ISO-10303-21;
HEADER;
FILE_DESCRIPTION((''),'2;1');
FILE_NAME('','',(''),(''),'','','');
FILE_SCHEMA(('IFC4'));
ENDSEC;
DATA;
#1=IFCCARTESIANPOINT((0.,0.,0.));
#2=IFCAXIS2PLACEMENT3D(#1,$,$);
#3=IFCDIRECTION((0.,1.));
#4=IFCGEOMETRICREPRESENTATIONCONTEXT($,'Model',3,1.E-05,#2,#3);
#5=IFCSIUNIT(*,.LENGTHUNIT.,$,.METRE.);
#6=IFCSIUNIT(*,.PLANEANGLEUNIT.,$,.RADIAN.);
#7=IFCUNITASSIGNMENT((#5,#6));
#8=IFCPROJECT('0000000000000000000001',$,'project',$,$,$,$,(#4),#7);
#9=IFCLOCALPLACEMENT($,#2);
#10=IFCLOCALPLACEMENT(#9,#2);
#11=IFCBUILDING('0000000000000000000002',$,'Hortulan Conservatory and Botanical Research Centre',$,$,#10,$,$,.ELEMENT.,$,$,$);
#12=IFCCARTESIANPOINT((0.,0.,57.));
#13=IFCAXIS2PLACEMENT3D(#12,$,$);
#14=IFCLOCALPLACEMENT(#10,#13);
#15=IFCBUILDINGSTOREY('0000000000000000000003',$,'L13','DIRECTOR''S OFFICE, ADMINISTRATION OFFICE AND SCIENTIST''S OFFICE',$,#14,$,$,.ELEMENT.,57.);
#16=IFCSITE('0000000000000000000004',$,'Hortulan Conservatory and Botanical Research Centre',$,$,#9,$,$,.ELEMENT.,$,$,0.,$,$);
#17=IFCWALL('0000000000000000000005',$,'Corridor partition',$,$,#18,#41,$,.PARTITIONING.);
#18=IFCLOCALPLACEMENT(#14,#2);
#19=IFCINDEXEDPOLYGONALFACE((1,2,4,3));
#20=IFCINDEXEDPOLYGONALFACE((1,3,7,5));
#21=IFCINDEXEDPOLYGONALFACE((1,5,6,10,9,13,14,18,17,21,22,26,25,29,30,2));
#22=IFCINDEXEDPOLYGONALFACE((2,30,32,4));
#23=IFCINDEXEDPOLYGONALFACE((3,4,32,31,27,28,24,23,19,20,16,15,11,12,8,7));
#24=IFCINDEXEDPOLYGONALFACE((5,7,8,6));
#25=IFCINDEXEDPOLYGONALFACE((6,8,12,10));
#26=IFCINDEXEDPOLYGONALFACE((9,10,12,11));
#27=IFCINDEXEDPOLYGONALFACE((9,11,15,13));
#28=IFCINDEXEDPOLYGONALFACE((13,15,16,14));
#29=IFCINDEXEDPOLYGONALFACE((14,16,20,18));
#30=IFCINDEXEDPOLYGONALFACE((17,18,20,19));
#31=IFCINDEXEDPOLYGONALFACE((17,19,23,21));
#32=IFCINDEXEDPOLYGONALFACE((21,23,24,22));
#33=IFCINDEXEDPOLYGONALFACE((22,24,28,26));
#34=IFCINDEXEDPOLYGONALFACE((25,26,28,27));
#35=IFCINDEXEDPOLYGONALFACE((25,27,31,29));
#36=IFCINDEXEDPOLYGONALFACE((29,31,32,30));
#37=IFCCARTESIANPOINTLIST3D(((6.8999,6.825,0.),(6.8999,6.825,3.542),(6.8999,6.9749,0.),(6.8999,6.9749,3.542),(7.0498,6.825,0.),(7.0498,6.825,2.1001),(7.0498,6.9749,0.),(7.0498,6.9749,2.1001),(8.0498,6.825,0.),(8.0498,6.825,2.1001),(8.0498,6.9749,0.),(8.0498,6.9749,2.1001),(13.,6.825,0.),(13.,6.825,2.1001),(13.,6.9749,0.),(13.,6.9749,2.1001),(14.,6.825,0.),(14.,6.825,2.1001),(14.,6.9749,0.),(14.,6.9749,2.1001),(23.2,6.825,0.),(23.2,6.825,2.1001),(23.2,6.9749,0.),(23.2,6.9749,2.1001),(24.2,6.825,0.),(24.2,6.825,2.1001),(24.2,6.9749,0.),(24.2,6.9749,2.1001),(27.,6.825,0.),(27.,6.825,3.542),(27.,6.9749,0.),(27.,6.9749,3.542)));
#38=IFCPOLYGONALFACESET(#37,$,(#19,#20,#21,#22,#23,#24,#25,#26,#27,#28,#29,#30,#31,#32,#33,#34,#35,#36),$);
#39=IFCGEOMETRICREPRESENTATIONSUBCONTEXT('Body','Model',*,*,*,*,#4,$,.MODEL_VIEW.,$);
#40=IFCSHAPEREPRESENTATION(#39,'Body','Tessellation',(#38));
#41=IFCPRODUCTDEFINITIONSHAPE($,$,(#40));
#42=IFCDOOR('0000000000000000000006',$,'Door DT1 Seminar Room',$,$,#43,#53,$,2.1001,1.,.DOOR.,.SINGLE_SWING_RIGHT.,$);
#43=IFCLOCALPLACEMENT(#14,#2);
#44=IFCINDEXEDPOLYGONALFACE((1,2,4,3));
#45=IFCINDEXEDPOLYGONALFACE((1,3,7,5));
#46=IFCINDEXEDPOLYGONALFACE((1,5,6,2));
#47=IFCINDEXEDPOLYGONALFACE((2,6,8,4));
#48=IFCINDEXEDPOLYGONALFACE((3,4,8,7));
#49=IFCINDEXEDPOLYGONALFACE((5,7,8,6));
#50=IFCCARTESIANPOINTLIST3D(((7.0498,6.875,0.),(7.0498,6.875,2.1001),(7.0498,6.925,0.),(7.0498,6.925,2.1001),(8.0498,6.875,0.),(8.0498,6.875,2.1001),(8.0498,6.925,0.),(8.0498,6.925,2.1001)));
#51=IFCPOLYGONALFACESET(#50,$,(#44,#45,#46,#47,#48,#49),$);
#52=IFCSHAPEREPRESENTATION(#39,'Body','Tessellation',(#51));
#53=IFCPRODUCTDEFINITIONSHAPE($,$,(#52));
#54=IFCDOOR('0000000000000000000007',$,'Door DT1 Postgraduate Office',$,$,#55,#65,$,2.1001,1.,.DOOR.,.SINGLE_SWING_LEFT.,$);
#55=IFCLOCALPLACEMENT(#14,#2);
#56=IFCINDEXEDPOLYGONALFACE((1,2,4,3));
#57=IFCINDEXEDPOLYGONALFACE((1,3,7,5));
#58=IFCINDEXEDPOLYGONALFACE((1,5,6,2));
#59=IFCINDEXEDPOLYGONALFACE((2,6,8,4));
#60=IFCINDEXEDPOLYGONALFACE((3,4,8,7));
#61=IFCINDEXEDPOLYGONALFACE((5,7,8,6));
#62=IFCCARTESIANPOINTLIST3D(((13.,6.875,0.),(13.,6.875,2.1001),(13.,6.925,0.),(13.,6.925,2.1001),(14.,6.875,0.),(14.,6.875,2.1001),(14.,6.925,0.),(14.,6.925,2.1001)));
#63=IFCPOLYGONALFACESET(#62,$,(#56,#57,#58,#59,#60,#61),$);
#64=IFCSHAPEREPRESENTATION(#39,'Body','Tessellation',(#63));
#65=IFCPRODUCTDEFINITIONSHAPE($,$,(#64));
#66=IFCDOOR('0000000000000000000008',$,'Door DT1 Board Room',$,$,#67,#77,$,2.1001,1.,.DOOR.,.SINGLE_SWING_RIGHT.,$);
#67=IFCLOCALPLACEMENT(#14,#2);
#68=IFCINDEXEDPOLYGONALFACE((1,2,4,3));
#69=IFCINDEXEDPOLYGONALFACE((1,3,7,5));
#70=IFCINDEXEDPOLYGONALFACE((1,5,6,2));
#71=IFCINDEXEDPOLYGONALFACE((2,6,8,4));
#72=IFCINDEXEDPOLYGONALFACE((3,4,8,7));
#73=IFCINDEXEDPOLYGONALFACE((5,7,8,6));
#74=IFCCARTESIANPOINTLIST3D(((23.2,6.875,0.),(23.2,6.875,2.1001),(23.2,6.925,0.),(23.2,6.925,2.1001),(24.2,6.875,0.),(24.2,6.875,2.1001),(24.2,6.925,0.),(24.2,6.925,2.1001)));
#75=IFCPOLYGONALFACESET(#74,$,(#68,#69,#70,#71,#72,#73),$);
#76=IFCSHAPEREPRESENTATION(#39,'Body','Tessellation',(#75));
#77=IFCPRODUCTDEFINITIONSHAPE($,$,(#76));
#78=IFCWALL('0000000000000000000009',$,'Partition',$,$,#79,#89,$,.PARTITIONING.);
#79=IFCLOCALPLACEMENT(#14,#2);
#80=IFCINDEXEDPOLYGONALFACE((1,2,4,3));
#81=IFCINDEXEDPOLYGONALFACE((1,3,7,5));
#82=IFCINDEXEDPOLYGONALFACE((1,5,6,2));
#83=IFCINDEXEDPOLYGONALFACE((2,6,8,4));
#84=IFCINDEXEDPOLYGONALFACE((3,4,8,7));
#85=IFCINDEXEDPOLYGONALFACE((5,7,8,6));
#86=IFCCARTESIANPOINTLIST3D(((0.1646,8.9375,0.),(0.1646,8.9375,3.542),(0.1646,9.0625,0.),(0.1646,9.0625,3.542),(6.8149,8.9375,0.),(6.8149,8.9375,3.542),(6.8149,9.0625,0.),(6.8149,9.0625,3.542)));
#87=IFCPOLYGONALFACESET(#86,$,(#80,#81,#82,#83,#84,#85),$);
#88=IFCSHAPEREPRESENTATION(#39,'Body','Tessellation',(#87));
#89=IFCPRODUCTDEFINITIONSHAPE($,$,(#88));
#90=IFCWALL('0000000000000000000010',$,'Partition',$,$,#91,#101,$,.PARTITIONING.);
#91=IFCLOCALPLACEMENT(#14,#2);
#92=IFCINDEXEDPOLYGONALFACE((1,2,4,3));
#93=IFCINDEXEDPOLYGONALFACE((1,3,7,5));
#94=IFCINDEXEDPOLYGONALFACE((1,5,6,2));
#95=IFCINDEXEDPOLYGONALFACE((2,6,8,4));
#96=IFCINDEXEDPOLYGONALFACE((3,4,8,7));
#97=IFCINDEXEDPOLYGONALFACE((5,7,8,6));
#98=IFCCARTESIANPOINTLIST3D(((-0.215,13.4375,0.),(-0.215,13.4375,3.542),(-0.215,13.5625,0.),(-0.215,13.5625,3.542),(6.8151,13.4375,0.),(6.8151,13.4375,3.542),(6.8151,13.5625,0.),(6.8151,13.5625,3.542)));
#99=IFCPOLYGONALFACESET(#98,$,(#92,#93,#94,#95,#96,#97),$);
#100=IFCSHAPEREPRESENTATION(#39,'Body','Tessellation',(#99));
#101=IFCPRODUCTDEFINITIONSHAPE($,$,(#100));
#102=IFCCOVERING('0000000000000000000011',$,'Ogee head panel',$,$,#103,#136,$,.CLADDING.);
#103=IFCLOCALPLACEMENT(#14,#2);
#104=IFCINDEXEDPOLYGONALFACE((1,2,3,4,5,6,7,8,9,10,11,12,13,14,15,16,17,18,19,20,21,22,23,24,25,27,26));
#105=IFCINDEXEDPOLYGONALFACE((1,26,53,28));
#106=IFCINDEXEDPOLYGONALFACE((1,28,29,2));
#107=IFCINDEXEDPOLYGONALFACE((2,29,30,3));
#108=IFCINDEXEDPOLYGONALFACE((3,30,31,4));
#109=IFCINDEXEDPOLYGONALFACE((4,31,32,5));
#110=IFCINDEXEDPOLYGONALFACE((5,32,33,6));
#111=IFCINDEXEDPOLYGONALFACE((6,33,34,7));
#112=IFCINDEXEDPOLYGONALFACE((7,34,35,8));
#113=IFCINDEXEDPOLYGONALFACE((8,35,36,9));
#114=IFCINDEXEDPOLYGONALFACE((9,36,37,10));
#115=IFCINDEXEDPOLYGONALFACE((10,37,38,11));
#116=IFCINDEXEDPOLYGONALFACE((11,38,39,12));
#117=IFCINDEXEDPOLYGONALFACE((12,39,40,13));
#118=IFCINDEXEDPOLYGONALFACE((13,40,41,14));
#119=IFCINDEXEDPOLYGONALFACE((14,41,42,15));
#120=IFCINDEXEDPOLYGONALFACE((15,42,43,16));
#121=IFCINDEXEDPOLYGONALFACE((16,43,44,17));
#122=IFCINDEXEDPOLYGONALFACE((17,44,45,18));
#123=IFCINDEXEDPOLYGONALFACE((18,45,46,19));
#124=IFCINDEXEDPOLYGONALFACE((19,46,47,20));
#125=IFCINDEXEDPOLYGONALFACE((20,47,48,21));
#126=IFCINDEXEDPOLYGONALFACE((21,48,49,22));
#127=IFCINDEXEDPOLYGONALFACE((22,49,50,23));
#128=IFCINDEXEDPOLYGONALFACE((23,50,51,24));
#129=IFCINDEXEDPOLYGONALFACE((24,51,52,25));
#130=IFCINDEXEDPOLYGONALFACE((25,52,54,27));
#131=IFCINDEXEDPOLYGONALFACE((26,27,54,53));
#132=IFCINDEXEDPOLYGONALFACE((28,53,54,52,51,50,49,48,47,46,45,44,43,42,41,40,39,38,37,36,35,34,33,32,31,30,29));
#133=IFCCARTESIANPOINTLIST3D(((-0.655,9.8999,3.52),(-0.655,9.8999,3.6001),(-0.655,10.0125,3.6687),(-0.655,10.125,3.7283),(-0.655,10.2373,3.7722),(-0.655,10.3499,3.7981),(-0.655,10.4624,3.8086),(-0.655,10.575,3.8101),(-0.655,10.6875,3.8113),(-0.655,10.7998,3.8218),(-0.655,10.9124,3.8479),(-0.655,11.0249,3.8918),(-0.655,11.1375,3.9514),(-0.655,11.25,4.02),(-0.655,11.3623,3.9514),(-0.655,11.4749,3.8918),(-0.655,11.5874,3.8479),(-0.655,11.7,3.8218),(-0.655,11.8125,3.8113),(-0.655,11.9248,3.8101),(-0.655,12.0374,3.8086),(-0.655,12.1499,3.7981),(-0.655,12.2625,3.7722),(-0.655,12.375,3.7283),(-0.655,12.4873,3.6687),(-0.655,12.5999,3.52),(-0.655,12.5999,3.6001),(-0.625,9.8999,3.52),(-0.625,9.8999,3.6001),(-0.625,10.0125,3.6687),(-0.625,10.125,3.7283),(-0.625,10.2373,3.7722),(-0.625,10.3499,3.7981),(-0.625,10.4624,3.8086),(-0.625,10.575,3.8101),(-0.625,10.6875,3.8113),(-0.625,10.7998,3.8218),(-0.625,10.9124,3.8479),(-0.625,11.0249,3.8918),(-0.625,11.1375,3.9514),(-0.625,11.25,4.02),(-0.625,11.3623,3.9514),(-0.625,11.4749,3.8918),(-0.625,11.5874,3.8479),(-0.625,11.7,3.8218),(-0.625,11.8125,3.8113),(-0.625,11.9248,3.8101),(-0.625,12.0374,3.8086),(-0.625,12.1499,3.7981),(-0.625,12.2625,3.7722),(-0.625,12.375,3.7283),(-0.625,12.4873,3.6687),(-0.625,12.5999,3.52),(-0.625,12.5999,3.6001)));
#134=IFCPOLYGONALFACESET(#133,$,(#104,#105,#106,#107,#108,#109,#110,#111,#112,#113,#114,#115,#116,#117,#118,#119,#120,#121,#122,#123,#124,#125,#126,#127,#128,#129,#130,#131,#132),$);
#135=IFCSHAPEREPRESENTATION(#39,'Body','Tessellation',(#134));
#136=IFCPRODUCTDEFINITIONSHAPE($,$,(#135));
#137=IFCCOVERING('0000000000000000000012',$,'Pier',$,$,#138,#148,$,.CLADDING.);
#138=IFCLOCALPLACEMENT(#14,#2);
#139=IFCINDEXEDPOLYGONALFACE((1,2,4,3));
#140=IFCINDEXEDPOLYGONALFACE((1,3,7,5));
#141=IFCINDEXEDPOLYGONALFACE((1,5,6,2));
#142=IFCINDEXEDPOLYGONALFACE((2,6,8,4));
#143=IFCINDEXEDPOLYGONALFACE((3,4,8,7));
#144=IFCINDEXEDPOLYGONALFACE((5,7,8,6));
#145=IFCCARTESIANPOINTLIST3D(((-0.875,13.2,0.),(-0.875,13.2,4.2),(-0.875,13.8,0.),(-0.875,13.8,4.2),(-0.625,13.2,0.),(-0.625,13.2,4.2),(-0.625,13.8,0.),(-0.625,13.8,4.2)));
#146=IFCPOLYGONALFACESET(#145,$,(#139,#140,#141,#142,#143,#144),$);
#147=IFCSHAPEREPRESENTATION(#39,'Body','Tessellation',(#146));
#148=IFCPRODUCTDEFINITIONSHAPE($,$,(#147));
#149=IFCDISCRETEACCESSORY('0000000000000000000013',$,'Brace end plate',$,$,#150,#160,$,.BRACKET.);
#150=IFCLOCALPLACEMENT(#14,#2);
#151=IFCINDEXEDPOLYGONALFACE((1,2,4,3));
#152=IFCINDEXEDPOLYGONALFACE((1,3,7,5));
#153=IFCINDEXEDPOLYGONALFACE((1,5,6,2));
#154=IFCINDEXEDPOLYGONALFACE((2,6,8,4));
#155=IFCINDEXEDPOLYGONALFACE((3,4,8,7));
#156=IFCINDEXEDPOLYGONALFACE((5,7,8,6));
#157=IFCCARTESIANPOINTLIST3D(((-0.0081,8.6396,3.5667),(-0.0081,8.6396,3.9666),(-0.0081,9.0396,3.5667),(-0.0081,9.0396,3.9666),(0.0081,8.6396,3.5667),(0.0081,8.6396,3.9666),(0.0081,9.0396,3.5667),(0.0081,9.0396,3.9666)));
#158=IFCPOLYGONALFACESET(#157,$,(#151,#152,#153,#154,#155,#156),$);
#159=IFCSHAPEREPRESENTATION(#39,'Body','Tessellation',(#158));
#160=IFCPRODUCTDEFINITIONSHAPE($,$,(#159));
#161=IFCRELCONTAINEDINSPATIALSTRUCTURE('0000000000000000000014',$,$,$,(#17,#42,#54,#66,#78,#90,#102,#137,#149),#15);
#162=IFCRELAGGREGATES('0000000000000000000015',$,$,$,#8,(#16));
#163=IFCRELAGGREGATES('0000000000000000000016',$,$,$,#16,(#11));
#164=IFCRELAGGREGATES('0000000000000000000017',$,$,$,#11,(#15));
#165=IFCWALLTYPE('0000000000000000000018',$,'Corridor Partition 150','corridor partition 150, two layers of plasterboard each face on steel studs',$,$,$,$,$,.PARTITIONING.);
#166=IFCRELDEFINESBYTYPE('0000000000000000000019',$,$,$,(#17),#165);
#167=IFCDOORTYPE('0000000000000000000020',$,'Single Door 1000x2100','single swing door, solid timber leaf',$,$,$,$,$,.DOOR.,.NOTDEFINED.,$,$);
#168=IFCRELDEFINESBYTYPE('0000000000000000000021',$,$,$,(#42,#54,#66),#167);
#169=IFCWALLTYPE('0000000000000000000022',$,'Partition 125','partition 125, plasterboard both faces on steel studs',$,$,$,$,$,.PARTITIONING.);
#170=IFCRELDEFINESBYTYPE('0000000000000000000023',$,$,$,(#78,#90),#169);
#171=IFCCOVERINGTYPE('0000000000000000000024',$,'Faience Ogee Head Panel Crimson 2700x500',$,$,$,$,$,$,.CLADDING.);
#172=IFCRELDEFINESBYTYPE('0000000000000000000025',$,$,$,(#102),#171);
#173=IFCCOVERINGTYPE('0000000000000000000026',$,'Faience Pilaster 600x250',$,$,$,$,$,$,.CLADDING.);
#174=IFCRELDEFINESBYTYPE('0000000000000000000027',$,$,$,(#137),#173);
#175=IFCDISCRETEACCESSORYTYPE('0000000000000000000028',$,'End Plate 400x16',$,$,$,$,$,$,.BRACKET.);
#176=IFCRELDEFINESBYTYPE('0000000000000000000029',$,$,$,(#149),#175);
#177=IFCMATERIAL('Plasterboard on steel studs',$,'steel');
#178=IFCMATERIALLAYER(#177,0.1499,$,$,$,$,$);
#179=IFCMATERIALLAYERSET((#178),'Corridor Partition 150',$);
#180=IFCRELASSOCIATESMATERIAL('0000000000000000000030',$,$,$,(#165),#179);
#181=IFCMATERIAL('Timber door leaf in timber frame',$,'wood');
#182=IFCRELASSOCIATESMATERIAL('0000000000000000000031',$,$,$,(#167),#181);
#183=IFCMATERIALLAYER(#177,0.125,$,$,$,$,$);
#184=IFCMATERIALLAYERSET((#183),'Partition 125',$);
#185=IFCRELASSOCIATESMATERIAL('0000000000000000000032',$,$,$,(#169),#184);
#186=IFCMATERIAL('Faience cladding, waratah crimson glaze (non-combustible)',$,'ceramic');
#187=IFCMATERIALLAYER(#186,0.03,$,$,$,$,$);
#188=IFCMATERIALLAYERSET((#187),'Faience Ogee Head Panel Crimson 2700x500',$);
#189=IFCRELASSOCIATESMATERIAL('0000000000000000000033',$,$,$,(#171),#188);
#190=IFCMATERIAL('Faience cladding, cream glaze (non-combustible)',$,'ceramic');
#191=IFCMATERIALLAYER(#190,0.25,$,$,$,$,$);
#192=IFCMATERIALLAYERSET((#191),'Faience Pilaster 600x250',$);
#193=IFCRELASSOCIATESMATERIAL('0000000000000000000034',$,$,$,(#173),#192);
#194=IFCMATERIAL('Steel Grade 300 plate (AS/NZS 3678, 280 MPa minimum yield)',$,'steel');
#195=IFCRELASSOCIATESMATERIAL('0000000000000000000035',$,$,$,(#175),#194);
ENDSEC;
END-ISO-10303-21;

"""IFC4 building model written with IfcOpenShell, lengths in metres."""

from ifc_helpers import new_model, si_unit, direction, frame, frame_2d, origin, origin_2d, place, context, subcontext, project, spatial, polyline, rectangle, outline, extrude, material, layer, layer_set, type_object, element, fill, save


model = new_model("IFC4")

# Units and contexts
model_context = context("Model", 3, precision=1e-05, world=origin(), true_north=direction((0.0, 1.0)))
body_context = subcontext(model_context, "Body", "Model", "MODEL_VIEW")
ifc_project = project(units=[si_unit("LENGTHUNIT", "METRE"), si_unit("PLANEANGLEUNIT", "RADIAN")], contexts=[model_context])

# Site, building, storey
site_placement = place(None, origin())
site = spatial("IfcSite", under=ifc_project, at=site_placement, Name="Hortulan Conservatory and Botanical Research Centre", CompositionType="ELEMENT", RefElevation=0.0)
building_placement = place(site_placement, origin())
building = spatial("IfcBuilding", under=site, at=building_placement, Name="Hortulan Conservatory and Botanical Research Centre", CompositionType="ELEMENT")
storey_placement = place(building_placement, frame((0.0, 0.0, 57.0)))
storey = spatial("IfcBuildingStorey", under=building, at=storey_placement, Name="L13", Description="DIRECTOR'S OFFICE, ADMINISTRATION OFFICE AND SCIENTIST'S OFFICE", CompositionType="ELEMENT", Elevation=57.0)

# Wall, openings, doors
ifc_material_1 = material(Name="Plasterboard on steel studs", Category="steel")
ifc_layer_1 = layer(ifc_material_1, 0.1499)
ifc_layer_set_1 = layer_set([ifc_layer_1], Name="Corridor Partition 150")
wall_type_1 = type_object("IfcWallType", Name="Corridor Partition 150", Description="corridor partition 150, two layers of plasterboard each face on steel studs", PredefinedType="PARTITIONING", material=ifc_layer_set_1)
wall_1_placement = place(storey_placement, frame((6.8999, 6.8999, 0.0), z_axis=(0.0, 0.0, 1.0), x_axis=(1.0, 0.0, 0.0)))
wall_1 = element("IfcWall", 1, at=wall_1_placement, inside=storey, type_object=wall_type_1, Name="Corridor partition", PredefinedType="PARTITIONING", context=body_context, shape_type="SweptSolid", body=[
    extrude(rectangle(XDim=20.1001, YDim=0.1499, at=frame_2d((10.05, 0.0))), origin(), (0.0, 0.0, 1.0), 3.542),
])
opening_1_placement = place(wall_1_placement, frame((0.1499, 0.0, 0.0)))
opening_1 = element("IfcOpeningElement", 2, at=opening_1_placement, cuts=wall_1, PredefinedType="OPENING", context=body_context, shape_type="SweptSolid", body=[
    extrude(rectangle(XDim=1.0, YDim=2.1001, at=frame_2d((0.5, 1.05))), frame((0.0, 0.085, 0.0), z_axis=(0.0, -1.0, 0.0), x_axis=(1.0, 0.0, 0.0)), (0.0, 0.0, 1.0), 0.1699),
])
opening_2_placement = place(wall_1_placement, frame((6.1001, 0.0, 0.0)))
opening_2 = element("IfcOpeningElement", 3, at=opening_2_placement, cuts=wall_1, PredefinedType="OPENING", context=body_context, shape_type="SweptSolid", body=[
    extrude(rectangle(XDim=1.0, YDim=2.1001, at=frame_2d((0.5, 1.05))), frame((0.0, 0.085, 0.0), z_axis=(0.0, -1.0, 0.0), x_axis=(1.0, 0.0, 0.0)), (0.0, 0.0, 1.0), 0.1699),
])
opening_3_placement = place(wall_1_placement, frame((16.3, 0.0, 0.0)))
opening_3 = element("IfcOpeningElement", 4, at=opening_3_placement, cuts=wall_1, PredefinedType="OPENING", context=body_context, shape_type="SweptSolid", body=[
    extrude(rectangle(XDim=1.0, YDim=2.1001, at=frame_2d((0.5, 1.05))), frame((0.0, 0.085, 0.0), z_axis=(0.0, -1.0, 0.0), x_axis=(1.0, 0.0, 0.0)), (0.0, 0.0, 1.0), 0.1699),
])
ifc_material_2 = material(Name="Timber door leaf in timber frame", Category="wood")
door_type = type_object("IfcDoorType", Name="Single Door 1000x2100", Description="single swing door, solid timber leaf", OperationType="NOTDEFINED", PredefinedType="DOOR", material=ifc_material_2)
door_1_placement = place(opening_1_placement, frame((1.0, 0.0, 0.0), z_axis=(0.0, 0.0, 1.0), x_axis=(-1.0, 0.0, 0.0)))
door_1 = element("IfcDoor", 5, at=door_1_placement, inside=storey, type_object=door_type, Name="Door DT1 Seminar Room", OperationType="SINGLE_SWING_RIGHT", OverallHeight=2.1001, OverallWidth=1.0, PredefinedType="DOOR", context=body_context, shape_type="SweptSolid", body=[
    extrude(rectangle(XDim=1.0, YDim=2.1001, at=frame_2d((0.5, 1.05))), frame((0.0, 0.0249, 0.0), z_axis=(0.0, -1.0, 0.0), x_axis=(1.0, 0.0, 0.0)), (0.0, 0.0, 1.0), 0.05),
])
fill(opening_1, door_1)
door_2_placement = place(opening_2_placement, frame((1.0, 0.0, 0.0), z_axis=(0.0, 0.0, 1.0), x_axis=(-1.0, 0.0, 0.0)))
door_2 = element("IfcDoor", 6, at=door_2_placement, inside=storey, type_object=door_type, Name="Door DT1 Postgraduate Office", OperationType="SINGLE_SWING_LEFT", OverallHeight=2.1001, OverallWidth=1.0, PredefinedType="DOOR", context=body_context, shape_type="SweptSolid", body=[
    extrude(rectangle(XDim=1.0, YDim=2.1001, at=frame_2d((0.5, 1.05))), frame((0.0, 0.0249, 0.0), z_axis=(0.0, -1.0, 0.0), x_axis=(1.0, 0.0, 0.0)), (0.0, 0.0, 1.0), 0.05),
])
fill(opening_2, door_2)
door_3_placement = place(opening_3_placement, frame((1.0, 0.0, 0.0), z_axis=(0.0, 0.0, 1.0), x_axis=(-1.0, 0.0, 0.0)))
door_3 = element("IfcDoor", 7, at=door_3_placement, inside=storey, type_object=door_type, Name="Door DT1 Board Room", OperationType="SINGLE_SWING_RIGHT", OverallHeight=2.1001, OverallWidth=1.0, PredefinedType="DOOR", context=body_context, shape_type="SweptSolid", body=[
    extrude(rectangle(XDim=1.0, YDim=2.1001, at=frame_2d((0.5, 1.05))), frame((0.0, 0.0249, 0.0), z_axis=(0.0, -1.0, 0.0), x_axis=(1.0, 0.0, 0.0)), (0.0, 0.0, 1.0), 0.05),
])
fill(opening_3, door_3)

# Walls
ifc_layer_2 = layer(ifc_material_1, 0.125)
ifc_layer_set_2 = layer_set([ifc_layer_2], Name="Partition 125")
wall_type_2 = type_object("IfcWallType", Name="Partition 125", Description="partition 125, plasterboard both faces on steel studs", PredefinedType="PARTITIONING", material=ifc_layer_set_2)
wall_2_placement = place(storey_placement, frame((0.1646, 9.0, 0.0), z_axis=(0.0, 0.0, 1.0), x_axis=(1.0, 0.0, 0.0)))
element("IfcWall", 8, at=wall_2_placement, inside=storey, type_object=wall_type_2, Name="Partition", PredefinedType="PARTITIONING", context=body_context, shape_type="SweptSolid", body=[
    extrude(rectangle(XDim=6.6504, YDim=0.125, at=frame_2d((3.3252, 0.0))), origin(), (0.0, 0.0, 1.0), 3.542),
])
wall_3_placement = place(storey_placement, frame((-0.2151, 13.5, 0.0), z_axis=(0.0, 0.0, 1.0), x_axis=(1.0, 0.0, 0.0)))
element("IfcWall", 9, at=wall_3_placement, inside=storey, type_object=wall_type_2, Name="Partition", PredefinedType="PARTITIONING", context=body_context, shape_type="SweptSolid", body=[
    extrude(rectangle(XDim=7.03, YDim=0.125, at=frame_2d((3.5151, 0.0))), origin(), (0.0, 0.0, 1.0), 3.542),
])

# Coverings
ifc_material_3 = material(Name="Faience cladding, waratah crimson glaze (non-combustible)", Category="ceramic")
ifc_layer_3 = layer(ifc_material_3, 0.03)
ifc_layer_set_3 = layer_set([ifc_layer_3], Name="Faience Ogee Head Panel Crimson 2700x500")
covering_type_1 = type_object("IfcCoveringType", Name="Faience Ogee Head Panel Crimson 2700x500", PredefinedType="CLADDING", material=ifc_layer_set_3)
covering_1_placement = place(storey_placement, frame((-0.6399, 9.8999, 3.52), z_axis=(0.0, 0.0, 1.0), x_axis=(0.0, 1.0, 0.0)))
element("IfcCovering", 10, at=covering_1_placement, inside=storey, type_object=covering_type_1, Name="Ogee head panel", PredefinedType="CLADDING", context=body_context, shape_type="SweptSolid", body=[
    extrude(outline(polyline([(0.0, 0.0), (2.7, 0.0), (2.7, 0.0801), (2.5874, 0.1487), (2.4751, 0.2083), (2.3625, 0.2522), (2.25, 0.2781), (2.1375, 0.2886), (2.0249, 0.29), (1.9126, 0.2913), (1.8, 0.3018), (1.6875, 0.3279), (1.575, 0.3718), (1.4624, 0.4314), (1.3501, 0.5), (1.2375, 0.4314), (1.125, 0.3718), (1.0125, 0.3279), (0.8999, 0.3018), (0.7876, 0.2913), (0.675, 0.29), (0.5625, 0.2886), (0.45, 0.2781), (0.3374, 0.2522), (0.2251, 0.2083), (0.1125, 0.1487), (0.0, 0.0801), (0.0, 0.0)])), frame((0.0, 0.0151, 0.0), z_axis=(0.0, -1.0, 0.0), x_axis=(1.0, 0.0, 0.0)), (0.0, 0.0, 1.0), 0.03),
])
ifc_material_4 = material(Name="Faience cladding, cream glaze (non-combustible)", Category="ceramic")
ifc_layer_4 = layer(ifc_material_4, 0.25)
ifc_layer_set_4 = layer_set([ifc_layer_4], Name="Faience Pilaster 600x250")
covering_type_2 = type_object("IfcCoveringType", Name="Faience Pilaster 600x250", PredefinedType="CLADDING", material=ifc_layer_set_4)
covering_2_placement = place(storey_placement, frame((-0.75, 13.5, 0.0), z_axis=(0.0, 0.0, 1.0), x_axis=(0.0, 1.0, 0.0)))
element("IfcCovering", 11, at=covering_2_placement, inside=storey, type_object=covering_type_2, Name="Pier", PredefinedType="CLADDING", context=body_context, shape_type="SweptSolid", body=[
    extrude(rectangle(XDim=0.6001, YDim=0.25, at=origin_2d()), origin(), (0.0, 0.0, 1.0), 4.2),
])

# Discrete accessory
ifc_material_5 = material(Name="Steel Grade 300 plate (AS/NZS 3678, 280 MPa minimum yield)", Category="steel")
discrete_accessory_type = type_object("IfcDiscreteAccessoryType", Name="End Plate 400x16", PredefinedType="BRACKET", material=ifc_material_5)
discrete_accessory_placement = place(storey_placement, frame((0.0, 8.8396, 3.5667), z_axis=(0.0, 0.0, 1.0), x_axis=(0.0, -1.0, 0.0)))
element("IfcDiscreteAccessory", 12, at=discrete_accessory_placement, inside=storey, type_object=discrete_accessory_type, Name="Brace end plate", PredefinedType="BRACKET", context=body_context, shape_type="SweptSolid", body=[
    extrude(rectangle(XDim=0.3999, YDim=0.0161, at=origin_2d()), origin(), (0.0, 0.0, 1.0), 0.3999),
])

save(model, "model.ifc")
